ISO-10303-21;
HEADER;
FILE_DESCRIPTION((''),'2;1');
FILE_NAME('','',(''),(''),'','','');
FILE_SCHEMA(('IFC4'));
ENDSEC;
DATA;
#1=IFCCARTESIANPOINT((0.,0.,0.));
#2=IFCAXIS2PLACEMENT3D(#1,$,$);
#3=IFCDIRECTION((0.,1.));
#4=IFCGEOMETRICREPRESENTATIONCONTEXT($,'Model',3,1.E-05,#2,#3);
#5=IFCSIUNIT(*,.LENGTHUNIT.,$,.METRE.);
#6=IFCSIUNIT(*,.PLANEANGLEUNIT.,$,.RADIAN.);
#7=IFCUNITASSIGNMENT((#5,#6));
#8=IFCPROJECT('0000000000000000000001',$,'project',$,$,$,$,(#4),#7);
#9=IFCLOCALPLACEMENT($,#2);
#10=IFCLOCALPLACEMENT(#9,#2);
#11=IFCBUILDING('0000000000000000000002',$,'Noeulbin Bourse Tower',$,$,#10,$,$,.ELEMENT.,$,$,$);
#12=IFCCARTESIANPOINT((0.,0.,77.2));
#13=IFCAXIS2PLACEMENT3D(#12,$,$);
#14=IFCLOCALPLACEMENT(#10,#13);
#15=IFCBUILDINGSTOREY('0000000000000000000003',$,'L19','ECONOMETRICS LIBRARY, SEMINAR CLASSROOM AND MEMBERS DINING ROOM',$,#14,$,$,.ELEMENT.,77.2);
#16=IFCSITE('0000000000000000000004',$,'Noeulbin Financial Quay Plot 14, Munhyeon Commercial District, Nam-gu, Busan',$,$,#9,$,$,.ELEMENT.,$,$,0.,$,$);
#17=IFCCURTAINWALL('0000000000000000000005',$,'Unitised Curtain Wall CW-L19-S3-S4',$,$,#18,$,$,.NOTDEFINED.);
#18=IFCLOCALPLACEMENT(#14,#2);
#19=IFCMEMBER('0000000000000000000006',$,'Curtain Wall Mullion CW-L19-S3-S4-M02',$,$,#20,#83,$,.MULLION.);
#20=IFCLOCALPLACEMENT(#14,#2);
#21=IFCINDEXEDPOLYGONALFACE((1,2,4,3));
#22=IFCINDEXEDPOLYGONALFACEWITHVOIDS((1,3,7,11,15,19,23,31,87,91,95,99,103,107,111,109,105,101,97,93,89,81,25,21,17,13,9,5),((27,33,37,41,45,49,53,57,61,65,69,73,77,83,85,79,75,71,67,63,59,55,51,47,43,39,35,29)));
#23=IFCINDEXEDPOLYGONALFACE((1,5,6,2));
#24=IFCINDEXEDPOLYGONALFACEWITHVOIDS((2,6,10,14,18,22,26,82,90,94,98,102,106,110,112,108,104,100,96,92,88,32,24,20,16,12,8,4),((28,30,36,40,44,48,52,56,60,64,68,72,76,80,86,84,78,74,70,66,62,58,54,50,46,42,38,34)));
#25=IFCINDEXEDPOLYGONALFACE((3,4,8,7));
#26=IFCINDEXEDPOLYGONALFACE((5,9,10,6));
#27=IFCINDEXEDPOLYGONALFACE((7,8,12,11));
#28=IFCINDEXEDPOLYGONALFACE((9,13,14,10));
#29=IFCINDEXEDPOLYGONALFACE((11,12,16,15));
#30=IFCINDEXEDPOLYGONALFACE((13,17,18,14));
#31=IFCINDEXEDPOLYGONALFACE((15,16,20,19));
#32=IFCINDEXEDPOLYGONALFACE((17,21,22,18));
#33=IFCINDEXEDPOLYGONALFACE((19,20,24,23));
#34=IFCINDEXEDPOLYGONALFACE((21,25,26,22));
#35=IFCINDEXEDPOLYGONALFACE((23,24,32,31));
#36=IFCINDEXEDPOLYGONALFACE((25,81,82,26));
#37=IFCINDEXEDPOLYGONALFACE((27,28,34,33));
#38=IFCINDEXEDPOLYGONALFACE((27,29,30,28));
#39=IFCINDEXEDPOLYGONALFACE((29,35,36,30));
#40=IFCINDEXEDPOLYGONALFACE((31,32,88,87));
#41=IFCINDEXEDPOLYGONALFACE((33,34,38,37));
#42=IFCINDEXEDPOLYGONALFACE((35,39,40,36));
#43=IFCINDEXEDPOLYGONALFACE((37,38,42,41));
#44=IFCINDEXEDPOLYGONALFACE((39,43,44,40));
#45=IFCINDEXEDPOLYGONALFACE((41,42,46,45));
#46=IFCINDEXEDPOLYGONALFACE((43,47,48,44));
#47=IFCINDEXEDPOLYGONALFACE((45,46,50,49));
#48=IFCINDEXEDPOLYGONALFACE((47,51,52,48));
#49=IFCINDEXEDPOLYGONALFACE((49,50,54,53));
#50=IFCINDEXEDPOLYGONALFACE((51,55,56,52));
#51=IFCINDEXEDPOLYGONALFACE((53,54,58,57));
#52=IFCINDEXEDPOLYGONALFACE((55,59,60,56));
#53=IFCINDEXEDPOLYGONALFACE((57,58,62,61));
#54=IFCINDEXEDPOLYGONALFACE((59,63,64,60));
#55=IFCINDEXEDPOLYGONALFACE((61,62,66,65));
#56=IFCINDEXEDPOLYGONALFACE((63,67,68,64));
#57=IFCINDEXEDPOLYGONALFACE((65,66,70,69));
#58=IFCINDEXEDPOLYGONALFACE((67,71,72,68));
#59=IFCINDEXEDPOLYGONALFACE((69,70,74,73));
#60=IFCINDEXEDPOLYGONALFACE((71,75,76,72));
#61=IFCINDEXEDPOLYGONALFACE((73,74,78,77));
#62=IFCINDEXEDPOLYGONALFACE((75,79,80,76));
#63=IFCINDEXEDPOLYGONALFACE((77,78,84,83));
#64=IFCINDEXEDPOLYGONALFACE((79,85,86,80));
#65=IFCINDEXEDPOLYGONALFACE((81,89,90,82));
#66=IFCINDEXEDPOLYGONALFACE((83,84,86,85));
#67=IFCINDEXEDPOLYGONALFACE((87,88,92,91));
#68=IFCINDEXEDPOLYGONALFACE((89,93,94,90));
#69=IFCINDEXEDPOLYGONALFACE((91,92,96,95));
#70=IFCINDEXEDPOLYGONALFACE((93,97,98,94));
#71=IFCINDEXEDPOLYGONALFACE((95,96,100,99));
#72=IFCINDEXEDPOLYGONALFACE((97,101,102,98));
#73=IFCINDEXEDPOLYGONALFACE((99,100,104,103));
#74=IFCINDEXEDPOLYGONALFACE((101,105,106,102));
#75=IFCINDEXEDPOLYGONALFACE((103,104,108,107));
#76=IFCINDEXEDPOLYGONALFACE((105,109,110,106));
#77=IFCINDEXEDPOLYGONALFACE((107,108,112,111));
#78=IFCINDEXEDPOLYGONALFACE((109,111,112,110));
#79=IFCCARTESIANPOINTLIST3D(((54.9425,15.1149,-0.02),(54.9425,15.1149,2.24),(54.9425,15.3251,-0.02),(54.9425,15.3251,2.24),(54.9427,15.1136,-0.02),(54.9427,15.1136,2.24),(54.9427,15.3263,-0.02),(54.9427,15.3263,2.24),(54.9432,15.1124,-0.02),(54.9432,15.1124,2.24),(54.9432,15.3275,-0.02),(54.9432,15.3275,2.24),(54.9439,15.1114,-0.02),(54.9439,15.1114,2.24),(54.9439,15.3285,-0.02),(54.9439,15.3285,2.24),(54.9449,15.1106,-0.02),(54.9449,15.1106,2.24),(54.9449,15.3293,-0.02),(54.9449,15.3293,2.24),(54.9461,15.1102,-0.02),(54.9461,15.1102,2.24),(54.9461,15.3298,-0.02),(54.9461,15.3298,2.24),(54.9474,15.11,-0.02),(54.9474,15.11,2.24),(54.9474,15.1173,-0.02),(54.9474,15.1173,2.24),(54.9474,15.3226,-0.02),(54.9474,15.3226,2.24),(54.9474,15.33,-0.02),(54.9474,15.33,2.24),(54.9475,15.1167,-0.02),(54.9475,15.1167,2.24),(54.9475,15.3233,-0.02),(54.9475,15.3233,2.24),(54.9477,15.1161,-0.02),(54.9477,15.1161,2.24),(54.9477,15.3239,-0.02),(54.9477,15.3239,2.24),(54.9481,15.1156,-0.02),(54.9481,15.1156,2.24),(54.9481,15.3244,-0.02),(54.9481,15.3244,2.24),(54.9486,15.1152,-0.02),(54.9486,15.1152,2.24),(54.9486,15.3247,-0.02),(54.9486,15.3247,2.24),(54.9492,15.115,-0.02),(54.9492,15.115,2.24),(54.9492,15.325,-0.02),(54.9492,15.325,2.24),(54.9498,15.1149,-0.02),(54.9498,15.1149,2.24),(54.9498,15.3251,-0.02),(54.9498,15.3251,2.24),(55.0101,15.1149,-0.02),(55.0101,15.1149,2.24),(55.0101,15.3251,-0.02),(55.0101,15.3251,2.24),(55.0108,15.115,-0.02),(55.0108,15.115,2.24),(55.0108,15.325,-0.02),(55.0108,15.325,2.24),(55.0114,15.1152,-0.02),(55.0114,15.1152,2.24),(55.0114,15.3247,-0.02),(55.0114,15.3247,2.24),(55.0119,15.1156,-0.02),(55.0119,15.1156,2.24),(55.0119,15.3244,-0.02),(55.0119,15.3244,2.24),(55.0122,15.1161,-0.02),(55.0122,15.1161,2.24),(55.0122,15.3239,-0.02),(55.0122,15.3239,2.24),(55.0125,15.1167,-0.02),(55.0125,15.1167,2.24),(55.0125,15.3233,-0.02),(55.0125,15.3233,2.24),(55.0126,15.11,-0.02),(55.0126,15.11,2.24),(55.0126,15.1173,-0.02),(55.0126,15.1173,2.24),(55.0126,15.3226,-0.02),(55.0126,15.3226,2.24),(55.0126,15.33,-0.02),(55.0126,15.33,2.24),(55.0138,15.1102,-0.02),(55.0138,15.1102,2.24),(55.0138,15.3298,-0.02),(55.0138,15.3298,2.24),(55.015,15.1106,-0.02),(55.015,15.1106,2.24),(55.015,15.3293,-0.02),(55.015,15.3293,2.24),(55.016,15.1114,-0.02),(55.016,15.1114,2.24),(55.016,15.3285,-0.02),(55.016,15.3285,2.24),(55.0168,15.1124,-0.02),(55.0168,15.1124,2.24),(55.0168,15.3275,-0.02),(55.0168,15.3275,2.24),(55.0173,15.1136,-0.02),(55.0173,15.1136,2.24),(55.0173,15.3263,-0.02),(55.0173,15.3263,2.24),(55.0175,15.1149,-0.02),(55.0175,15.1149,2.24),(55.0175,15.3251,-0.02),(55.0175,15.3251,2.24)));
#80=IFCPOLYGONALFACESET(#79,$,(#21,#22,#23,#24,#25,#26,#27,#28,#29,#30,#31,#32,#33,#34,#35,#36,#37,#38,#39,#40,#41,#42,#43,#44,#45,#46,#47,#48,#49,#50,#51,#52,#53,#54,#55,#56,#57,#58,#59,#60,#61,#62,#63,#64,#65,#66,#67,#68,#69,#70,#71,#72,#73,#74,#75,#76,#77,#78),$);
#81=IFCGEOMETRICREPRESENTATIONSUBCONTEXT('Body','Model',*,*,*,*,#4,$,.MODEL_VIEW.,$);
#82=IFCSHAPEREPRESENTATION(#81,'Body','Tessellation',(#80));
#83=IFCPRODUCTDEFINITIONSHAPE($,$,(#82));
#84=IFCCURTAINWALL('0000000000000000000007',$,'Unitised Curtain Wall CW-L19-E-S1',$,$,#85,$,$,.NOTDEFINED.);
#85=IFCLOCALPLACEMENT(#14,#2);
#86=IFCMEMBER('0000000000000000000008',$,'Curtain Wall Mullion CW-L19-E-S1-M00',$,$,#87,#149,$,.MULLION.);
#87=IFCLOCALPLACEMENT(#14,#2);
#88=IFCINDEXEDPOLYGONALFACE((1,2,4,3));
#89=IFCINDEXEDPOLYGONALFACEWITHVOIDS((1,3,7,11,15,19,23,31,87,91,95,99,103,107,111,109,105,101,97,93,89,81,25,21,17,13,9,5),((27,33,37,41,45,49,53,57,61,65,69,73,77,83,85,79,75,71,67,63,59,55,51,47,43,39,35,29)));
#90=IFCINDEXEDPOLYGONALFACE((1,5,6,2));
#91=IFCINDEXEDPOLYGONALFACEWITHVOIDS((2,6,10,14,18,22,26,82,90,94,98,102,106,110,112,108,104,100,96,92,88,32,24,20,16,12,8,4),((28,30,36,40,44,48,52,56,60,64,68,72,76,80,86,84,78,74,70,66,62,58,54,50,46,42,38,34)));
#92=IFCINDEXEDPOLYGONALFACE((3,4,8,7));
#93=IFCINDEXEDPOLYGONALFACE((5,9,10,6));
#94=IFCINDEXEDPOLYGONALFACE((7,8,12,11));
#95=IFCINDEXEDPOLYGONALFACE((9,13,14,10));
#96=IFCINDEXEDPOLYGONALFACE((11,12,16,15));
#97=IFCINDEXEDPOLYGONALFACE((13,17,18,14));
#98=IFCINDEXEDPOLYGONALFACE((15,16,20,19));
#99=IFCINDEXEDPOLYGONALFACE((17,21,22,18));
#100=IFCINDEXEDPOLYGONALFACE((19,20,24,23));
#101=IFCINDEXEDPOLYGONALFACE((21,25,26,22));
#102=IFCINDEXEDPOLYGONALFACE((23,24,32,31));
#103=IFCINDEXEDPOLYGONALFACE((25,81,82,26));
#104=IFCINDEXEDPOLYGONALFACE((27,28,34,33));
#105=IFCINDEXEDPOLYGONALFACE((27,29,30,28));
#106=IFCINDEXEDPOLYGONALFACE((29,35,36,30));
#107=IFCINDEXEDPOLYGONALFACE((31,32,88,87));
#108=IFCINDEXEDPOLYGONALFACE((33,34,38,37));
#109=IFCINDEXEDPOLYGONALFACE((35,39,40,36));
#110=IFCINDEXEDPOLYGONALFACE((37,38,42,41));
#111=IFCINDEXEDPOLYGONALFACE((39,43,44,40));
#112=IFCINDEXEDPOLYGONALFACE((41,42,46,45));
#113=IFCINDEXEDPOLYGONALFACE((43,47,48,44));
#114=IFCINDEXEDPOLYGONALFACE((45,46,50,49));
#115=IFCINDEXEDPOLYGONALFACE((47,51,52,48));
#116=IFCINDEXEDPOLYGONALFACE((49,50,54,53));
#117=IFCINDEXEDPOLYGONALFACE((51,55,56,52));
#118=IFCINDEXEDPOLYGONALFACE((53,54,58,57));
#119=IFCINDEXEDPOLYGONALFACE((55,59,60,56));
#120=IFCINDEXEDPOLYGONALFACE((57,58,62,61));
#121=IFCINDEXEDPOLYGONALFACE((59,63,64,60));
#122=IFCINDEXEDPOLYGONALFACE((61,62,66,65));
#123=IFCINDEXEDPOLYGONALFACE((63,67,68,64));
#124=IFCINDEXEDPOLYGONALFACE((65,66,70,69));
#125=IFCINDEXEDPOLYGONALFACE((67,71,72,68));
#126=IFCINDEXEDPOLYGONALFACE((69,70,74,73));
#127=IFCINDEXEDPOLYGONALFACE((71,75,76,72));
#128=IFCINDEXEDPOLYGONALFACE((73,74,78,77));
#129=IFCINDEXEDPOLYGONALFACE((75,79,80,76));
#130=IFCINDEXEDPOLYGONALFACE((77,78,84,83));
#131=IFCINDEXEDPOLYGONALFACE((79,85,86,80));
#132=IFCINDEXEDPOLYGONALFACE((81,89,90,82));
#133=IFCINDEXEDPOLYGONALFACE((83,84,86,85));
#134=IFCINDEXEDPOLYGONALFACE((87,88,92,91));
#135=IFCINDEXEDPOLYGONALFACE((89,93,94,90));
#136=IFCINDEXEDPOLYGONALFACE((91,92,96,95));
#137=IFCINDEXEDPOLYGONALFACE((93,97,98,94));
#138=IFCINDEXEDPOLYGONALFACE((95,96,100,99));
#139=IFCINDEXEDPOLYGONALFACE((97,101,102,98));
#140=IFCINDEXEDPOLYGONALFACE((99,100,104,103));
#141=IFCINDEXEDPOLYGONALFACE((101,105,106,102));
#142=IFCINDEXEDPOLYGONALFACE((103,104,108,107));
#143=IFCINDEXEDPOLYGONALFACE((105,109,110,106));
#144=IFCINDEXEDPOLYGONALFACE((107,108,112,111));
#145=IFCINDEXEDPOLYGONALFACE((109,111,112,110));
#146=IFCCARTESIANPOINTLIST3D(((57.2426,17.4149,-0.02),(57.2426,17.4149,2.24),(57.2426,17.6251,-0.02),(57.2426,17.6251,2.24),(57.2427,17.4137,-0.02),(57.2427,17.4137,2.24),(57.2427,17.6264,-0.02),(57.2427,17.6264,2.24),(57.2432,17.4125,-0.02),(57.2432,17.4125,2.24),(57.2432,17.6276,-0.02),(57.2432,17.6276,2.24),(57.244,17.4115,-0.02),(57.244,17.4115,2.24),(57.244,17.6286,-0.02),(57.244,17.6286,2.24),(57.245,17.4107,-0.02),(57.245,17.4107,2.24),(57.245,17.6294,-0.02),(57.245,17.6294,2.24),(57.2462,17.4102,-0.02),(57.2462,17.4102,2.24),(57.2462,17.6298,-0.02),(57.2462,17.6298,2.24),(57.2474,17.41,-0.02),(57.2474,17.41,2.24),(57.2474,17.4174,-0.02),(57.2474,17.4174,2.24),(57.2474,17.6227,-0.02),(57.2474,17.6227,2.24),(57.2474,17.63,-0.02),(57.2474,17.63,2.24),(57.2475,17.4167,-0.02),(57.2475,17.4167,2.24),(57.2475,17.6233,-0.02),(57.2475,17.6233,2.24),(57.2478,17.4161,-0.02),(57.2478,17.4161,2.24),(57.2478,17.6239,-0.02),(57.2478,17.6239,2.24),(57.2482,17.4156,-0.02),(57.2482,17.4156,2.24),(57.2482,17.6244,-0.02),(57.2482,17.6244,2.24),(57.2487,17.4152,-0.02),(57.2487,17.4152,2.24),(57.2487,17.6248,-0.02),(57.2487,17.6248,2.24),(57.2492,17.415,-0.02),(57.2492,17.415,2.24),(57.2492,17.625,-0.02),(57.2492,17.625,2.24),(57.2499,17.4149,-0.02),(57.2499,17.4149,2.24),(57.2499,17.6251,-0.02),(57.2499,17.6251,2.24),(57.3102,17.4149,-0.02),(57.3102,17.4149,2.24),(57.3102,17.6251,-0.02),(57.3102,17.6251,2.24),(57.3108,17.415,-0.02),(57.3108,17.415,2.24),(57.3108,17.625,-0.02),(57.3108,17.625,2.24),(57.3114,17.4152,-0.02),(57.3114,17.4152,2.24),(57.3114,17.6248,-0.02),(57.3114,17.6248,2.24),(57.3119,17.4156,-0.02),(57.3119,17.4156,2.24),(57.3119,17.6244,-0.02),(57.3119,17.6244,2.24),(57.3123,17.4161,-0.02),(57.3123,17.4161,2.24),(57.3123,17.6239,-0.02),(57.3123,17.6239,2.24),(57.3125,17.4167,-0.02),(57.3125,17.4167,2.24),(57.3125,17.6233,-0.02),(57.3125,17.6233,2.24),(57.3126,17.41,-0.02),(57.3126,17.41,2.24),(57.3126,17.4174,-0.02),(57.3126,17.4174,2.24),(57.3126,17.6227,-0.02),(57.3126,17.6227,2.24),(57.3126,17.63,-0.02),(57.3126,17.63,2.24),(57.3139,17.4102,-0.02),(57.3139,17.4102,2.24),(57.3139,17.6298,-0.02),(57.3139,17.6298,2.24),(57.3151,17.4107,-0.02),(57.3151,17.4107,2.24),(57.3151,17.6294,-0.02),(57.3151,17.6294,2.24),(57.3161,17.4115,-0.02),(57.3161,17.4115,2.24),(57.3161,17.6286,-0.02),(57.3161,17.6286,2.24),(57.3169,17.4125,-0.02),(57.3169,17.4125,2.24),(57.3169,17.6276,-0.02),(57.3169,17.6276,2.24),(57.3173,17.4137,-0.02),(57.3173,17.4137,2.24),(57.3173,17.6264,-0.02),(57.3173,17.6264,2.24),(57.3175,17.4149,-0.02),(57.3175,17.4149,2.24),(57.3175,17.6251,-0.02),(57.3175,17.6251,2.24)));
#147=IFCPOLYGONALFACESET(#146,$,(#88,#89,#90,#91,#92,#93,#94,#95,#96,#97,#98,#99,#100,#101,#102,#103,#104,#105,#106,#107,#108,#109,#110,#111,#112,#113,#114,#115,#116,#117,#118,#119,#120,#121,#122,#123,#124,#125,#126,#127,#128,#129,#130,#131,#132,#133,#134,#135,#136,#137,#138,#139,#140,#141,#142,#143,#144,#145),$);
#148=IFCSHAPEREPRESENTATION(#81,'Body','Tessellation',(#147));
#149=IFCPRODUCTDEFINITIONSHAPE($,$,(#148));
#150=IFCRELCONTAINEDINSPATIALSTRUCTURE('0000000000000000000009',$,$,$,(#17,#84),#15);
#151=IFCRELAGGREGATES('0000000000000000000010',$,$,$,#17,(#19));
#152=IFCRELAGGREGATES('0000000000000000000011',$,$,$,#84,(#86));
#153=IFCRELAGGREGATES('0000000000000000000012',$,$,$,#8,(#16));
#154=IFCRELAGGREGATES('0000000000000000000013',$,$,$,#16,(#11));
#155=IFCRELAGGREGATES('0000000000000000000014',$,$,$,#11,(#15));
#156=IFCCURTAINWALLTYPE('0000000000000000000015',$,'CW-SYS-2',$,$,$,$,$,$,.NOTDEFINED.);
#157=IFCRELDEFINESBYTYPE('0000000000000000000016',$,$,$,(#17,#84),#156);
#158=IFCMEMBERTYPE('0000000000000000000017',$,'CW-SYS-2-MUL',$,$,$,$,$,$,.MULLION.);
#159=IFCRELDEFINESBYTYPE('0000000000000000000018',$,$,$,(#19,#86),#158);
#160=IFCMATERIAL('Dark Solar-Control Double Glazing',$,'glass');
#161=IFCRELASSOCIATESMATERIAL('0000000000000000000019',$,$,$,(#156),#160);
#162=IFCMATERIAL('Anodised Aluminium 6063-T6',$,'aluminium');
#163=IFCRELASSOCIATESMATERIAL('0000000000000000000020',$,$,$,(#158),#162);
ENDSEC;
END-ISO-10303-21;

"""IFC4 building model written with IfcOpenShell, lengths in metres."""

from ifc_helpers import new_model, si_unit, direction, frame, origin, origin_2d, place, context, subcontext, project, spatial, hollow_rectangle, extrude, material, material_profile, profile_set, type_object, element, aggregate, save


model = new_model("IFC4")

# Units and contexts
model_context = context("Model", 3, precision=1e-05, world=origin(), true_north=direction((0.0, 1.0)))
body_context = subcontext(model_context, "Body", "Model", "MODEL_VIEW")
ifc_project = project(units=[si_unit("LENGTHUNIT", "METRE"), si_unit("PLANEANGLEUNIT", "RADIAN")], contexts=[model_context])

# Site, building, storey
site_placement = place(None, origin())
site = spatial("IfcSite", under=ifc_project, at=site_placement, Name="Noeulbin Financial Quay Plot 14, Munhyeon Commercial District, Nam-gu, Busan", CompositionType="ELEMENT", RefElevation=0.0)
building_placement = place(site_placement, origin())
building = spatial("IfcBuilding", under=site, at=building_placement, Name="Noeulbin Bourse Tower", CompositionType="ELEMENT")
storey_placement = place(building_placement, frame((0.0, 0.0, 77.2)))
storey = spatial("IfcBuildingStorey", under=building, at=storey_placement, Name="L19", Description="ECONOMETRICS LIBRARY, SEMINAR CLASSROOM AND MEMBERS DINING ROOM", CompositionType="ELEMENT", Elevation=77.2)

# Curtain walls, members
ifc_material_1 = material(Name="Dark Solar-Control Double Glazing", Category="glass")
curtain_wall_type = type_object("IfcCurtainWallType", Name="CW-SYS-2", PredefinedType="NOTDEFINED", material=ifc_material_1)
curtain_wall_1_placement = place(storey_placement, origin())
curtain_wall_1 = element("IfcCurtainWall", 1, at=curtain_wall_1_placement, inside=storey, type_object=curtain_wall_type, Name="Unitised Curtain Wall CW-L19-S3-S4", PredefinedType="NOTDEFINED")
ifc_material_2 = material(Name="Anodised Aluminium 6063-T6", Category="aluminium")
ifc_material_profile_1 = material_profile(ifc_material_2, hollow_rectangle(XDim=0.075, YDim=0.22, WallThickness=0.0049, InnerFilletRadius=0.0024, OuterFilletRadius=0.0049, at=origin_2d()), Name="ALU-MULL-75x220x5", Category="LoadBearing")
ifc_profile_set_1 = profile_set([ifc_material_profile_1], Name="Anodised Aluminium 6063-T6")
member_type_1 = type_object("IfcMemberType", Name="CW-SYS-2-MUL", PredefinedType="MULLION", material=ifc_profile_set_1)
member_1_placement = place(storey_placement, frame((54.98, 15.22, -0.02), z_axis=(0.0, 0.0, 1.0), x_axis=(1.0, 0.0, 0.0)))
member_1 = element("IfcMember", 2, at=member_1_placement, type_object=member_type_1, Name="Curtain Wall Mullion CW-L19-S3-S4-M02", PredefinedType="MULLION", context=body_context, shape_type="SweptSolid", body=[
    extrude(hollow_rectangle(XDim=0.075, YDim=0.22, WallThickness=0.0049, InnerFilletRadius=0.0024, OuterFilletRadius=0.0049, at=origin_2d()), origin(), (0.0, 0.0, 1.0), 2.26),
])
curtain_wall_2_placement = place(storey_placement, origin())
curtain_wall_2 = element("IfcCurtainWall", 3, at=curtain_wall_2_placement, inside=storey, type_object=curtain_wall_type, Name="Unitised Curtain Wall CW-L19-E-S1", PredefinedType="NOTDEFINED")
member_2_placement = place(storey_placement, frame((57.28, 17.52, -0.02), z_axis=(0.0, 0.0, 1.0), x_axis=(1.0, 0.0, 0.0)))
member_2 = element("IfcMember", 4, at=member_2_placement, type_object=member_type_1, Name="Curtain Wall Mullion CW-L19-E-S1-M00", PredefinedType="MULLION", context=body_context, shape_type="SweptSolid", body=[
    extrude(hollow_rectangle(XDim=0.075, YDim=0.22, WallThickness=0.0049, InnerFilletRadius=0.0024, OuterFilletRadius=0.0049, at=origin_2d()), origin(), (0.0, 0.0, 1.0), 2.26),
])

aggregate(curtain_wall_1, [member_1])
aggregate(curtain_wall_2, [member_2])

save(model, "model.ifc")
